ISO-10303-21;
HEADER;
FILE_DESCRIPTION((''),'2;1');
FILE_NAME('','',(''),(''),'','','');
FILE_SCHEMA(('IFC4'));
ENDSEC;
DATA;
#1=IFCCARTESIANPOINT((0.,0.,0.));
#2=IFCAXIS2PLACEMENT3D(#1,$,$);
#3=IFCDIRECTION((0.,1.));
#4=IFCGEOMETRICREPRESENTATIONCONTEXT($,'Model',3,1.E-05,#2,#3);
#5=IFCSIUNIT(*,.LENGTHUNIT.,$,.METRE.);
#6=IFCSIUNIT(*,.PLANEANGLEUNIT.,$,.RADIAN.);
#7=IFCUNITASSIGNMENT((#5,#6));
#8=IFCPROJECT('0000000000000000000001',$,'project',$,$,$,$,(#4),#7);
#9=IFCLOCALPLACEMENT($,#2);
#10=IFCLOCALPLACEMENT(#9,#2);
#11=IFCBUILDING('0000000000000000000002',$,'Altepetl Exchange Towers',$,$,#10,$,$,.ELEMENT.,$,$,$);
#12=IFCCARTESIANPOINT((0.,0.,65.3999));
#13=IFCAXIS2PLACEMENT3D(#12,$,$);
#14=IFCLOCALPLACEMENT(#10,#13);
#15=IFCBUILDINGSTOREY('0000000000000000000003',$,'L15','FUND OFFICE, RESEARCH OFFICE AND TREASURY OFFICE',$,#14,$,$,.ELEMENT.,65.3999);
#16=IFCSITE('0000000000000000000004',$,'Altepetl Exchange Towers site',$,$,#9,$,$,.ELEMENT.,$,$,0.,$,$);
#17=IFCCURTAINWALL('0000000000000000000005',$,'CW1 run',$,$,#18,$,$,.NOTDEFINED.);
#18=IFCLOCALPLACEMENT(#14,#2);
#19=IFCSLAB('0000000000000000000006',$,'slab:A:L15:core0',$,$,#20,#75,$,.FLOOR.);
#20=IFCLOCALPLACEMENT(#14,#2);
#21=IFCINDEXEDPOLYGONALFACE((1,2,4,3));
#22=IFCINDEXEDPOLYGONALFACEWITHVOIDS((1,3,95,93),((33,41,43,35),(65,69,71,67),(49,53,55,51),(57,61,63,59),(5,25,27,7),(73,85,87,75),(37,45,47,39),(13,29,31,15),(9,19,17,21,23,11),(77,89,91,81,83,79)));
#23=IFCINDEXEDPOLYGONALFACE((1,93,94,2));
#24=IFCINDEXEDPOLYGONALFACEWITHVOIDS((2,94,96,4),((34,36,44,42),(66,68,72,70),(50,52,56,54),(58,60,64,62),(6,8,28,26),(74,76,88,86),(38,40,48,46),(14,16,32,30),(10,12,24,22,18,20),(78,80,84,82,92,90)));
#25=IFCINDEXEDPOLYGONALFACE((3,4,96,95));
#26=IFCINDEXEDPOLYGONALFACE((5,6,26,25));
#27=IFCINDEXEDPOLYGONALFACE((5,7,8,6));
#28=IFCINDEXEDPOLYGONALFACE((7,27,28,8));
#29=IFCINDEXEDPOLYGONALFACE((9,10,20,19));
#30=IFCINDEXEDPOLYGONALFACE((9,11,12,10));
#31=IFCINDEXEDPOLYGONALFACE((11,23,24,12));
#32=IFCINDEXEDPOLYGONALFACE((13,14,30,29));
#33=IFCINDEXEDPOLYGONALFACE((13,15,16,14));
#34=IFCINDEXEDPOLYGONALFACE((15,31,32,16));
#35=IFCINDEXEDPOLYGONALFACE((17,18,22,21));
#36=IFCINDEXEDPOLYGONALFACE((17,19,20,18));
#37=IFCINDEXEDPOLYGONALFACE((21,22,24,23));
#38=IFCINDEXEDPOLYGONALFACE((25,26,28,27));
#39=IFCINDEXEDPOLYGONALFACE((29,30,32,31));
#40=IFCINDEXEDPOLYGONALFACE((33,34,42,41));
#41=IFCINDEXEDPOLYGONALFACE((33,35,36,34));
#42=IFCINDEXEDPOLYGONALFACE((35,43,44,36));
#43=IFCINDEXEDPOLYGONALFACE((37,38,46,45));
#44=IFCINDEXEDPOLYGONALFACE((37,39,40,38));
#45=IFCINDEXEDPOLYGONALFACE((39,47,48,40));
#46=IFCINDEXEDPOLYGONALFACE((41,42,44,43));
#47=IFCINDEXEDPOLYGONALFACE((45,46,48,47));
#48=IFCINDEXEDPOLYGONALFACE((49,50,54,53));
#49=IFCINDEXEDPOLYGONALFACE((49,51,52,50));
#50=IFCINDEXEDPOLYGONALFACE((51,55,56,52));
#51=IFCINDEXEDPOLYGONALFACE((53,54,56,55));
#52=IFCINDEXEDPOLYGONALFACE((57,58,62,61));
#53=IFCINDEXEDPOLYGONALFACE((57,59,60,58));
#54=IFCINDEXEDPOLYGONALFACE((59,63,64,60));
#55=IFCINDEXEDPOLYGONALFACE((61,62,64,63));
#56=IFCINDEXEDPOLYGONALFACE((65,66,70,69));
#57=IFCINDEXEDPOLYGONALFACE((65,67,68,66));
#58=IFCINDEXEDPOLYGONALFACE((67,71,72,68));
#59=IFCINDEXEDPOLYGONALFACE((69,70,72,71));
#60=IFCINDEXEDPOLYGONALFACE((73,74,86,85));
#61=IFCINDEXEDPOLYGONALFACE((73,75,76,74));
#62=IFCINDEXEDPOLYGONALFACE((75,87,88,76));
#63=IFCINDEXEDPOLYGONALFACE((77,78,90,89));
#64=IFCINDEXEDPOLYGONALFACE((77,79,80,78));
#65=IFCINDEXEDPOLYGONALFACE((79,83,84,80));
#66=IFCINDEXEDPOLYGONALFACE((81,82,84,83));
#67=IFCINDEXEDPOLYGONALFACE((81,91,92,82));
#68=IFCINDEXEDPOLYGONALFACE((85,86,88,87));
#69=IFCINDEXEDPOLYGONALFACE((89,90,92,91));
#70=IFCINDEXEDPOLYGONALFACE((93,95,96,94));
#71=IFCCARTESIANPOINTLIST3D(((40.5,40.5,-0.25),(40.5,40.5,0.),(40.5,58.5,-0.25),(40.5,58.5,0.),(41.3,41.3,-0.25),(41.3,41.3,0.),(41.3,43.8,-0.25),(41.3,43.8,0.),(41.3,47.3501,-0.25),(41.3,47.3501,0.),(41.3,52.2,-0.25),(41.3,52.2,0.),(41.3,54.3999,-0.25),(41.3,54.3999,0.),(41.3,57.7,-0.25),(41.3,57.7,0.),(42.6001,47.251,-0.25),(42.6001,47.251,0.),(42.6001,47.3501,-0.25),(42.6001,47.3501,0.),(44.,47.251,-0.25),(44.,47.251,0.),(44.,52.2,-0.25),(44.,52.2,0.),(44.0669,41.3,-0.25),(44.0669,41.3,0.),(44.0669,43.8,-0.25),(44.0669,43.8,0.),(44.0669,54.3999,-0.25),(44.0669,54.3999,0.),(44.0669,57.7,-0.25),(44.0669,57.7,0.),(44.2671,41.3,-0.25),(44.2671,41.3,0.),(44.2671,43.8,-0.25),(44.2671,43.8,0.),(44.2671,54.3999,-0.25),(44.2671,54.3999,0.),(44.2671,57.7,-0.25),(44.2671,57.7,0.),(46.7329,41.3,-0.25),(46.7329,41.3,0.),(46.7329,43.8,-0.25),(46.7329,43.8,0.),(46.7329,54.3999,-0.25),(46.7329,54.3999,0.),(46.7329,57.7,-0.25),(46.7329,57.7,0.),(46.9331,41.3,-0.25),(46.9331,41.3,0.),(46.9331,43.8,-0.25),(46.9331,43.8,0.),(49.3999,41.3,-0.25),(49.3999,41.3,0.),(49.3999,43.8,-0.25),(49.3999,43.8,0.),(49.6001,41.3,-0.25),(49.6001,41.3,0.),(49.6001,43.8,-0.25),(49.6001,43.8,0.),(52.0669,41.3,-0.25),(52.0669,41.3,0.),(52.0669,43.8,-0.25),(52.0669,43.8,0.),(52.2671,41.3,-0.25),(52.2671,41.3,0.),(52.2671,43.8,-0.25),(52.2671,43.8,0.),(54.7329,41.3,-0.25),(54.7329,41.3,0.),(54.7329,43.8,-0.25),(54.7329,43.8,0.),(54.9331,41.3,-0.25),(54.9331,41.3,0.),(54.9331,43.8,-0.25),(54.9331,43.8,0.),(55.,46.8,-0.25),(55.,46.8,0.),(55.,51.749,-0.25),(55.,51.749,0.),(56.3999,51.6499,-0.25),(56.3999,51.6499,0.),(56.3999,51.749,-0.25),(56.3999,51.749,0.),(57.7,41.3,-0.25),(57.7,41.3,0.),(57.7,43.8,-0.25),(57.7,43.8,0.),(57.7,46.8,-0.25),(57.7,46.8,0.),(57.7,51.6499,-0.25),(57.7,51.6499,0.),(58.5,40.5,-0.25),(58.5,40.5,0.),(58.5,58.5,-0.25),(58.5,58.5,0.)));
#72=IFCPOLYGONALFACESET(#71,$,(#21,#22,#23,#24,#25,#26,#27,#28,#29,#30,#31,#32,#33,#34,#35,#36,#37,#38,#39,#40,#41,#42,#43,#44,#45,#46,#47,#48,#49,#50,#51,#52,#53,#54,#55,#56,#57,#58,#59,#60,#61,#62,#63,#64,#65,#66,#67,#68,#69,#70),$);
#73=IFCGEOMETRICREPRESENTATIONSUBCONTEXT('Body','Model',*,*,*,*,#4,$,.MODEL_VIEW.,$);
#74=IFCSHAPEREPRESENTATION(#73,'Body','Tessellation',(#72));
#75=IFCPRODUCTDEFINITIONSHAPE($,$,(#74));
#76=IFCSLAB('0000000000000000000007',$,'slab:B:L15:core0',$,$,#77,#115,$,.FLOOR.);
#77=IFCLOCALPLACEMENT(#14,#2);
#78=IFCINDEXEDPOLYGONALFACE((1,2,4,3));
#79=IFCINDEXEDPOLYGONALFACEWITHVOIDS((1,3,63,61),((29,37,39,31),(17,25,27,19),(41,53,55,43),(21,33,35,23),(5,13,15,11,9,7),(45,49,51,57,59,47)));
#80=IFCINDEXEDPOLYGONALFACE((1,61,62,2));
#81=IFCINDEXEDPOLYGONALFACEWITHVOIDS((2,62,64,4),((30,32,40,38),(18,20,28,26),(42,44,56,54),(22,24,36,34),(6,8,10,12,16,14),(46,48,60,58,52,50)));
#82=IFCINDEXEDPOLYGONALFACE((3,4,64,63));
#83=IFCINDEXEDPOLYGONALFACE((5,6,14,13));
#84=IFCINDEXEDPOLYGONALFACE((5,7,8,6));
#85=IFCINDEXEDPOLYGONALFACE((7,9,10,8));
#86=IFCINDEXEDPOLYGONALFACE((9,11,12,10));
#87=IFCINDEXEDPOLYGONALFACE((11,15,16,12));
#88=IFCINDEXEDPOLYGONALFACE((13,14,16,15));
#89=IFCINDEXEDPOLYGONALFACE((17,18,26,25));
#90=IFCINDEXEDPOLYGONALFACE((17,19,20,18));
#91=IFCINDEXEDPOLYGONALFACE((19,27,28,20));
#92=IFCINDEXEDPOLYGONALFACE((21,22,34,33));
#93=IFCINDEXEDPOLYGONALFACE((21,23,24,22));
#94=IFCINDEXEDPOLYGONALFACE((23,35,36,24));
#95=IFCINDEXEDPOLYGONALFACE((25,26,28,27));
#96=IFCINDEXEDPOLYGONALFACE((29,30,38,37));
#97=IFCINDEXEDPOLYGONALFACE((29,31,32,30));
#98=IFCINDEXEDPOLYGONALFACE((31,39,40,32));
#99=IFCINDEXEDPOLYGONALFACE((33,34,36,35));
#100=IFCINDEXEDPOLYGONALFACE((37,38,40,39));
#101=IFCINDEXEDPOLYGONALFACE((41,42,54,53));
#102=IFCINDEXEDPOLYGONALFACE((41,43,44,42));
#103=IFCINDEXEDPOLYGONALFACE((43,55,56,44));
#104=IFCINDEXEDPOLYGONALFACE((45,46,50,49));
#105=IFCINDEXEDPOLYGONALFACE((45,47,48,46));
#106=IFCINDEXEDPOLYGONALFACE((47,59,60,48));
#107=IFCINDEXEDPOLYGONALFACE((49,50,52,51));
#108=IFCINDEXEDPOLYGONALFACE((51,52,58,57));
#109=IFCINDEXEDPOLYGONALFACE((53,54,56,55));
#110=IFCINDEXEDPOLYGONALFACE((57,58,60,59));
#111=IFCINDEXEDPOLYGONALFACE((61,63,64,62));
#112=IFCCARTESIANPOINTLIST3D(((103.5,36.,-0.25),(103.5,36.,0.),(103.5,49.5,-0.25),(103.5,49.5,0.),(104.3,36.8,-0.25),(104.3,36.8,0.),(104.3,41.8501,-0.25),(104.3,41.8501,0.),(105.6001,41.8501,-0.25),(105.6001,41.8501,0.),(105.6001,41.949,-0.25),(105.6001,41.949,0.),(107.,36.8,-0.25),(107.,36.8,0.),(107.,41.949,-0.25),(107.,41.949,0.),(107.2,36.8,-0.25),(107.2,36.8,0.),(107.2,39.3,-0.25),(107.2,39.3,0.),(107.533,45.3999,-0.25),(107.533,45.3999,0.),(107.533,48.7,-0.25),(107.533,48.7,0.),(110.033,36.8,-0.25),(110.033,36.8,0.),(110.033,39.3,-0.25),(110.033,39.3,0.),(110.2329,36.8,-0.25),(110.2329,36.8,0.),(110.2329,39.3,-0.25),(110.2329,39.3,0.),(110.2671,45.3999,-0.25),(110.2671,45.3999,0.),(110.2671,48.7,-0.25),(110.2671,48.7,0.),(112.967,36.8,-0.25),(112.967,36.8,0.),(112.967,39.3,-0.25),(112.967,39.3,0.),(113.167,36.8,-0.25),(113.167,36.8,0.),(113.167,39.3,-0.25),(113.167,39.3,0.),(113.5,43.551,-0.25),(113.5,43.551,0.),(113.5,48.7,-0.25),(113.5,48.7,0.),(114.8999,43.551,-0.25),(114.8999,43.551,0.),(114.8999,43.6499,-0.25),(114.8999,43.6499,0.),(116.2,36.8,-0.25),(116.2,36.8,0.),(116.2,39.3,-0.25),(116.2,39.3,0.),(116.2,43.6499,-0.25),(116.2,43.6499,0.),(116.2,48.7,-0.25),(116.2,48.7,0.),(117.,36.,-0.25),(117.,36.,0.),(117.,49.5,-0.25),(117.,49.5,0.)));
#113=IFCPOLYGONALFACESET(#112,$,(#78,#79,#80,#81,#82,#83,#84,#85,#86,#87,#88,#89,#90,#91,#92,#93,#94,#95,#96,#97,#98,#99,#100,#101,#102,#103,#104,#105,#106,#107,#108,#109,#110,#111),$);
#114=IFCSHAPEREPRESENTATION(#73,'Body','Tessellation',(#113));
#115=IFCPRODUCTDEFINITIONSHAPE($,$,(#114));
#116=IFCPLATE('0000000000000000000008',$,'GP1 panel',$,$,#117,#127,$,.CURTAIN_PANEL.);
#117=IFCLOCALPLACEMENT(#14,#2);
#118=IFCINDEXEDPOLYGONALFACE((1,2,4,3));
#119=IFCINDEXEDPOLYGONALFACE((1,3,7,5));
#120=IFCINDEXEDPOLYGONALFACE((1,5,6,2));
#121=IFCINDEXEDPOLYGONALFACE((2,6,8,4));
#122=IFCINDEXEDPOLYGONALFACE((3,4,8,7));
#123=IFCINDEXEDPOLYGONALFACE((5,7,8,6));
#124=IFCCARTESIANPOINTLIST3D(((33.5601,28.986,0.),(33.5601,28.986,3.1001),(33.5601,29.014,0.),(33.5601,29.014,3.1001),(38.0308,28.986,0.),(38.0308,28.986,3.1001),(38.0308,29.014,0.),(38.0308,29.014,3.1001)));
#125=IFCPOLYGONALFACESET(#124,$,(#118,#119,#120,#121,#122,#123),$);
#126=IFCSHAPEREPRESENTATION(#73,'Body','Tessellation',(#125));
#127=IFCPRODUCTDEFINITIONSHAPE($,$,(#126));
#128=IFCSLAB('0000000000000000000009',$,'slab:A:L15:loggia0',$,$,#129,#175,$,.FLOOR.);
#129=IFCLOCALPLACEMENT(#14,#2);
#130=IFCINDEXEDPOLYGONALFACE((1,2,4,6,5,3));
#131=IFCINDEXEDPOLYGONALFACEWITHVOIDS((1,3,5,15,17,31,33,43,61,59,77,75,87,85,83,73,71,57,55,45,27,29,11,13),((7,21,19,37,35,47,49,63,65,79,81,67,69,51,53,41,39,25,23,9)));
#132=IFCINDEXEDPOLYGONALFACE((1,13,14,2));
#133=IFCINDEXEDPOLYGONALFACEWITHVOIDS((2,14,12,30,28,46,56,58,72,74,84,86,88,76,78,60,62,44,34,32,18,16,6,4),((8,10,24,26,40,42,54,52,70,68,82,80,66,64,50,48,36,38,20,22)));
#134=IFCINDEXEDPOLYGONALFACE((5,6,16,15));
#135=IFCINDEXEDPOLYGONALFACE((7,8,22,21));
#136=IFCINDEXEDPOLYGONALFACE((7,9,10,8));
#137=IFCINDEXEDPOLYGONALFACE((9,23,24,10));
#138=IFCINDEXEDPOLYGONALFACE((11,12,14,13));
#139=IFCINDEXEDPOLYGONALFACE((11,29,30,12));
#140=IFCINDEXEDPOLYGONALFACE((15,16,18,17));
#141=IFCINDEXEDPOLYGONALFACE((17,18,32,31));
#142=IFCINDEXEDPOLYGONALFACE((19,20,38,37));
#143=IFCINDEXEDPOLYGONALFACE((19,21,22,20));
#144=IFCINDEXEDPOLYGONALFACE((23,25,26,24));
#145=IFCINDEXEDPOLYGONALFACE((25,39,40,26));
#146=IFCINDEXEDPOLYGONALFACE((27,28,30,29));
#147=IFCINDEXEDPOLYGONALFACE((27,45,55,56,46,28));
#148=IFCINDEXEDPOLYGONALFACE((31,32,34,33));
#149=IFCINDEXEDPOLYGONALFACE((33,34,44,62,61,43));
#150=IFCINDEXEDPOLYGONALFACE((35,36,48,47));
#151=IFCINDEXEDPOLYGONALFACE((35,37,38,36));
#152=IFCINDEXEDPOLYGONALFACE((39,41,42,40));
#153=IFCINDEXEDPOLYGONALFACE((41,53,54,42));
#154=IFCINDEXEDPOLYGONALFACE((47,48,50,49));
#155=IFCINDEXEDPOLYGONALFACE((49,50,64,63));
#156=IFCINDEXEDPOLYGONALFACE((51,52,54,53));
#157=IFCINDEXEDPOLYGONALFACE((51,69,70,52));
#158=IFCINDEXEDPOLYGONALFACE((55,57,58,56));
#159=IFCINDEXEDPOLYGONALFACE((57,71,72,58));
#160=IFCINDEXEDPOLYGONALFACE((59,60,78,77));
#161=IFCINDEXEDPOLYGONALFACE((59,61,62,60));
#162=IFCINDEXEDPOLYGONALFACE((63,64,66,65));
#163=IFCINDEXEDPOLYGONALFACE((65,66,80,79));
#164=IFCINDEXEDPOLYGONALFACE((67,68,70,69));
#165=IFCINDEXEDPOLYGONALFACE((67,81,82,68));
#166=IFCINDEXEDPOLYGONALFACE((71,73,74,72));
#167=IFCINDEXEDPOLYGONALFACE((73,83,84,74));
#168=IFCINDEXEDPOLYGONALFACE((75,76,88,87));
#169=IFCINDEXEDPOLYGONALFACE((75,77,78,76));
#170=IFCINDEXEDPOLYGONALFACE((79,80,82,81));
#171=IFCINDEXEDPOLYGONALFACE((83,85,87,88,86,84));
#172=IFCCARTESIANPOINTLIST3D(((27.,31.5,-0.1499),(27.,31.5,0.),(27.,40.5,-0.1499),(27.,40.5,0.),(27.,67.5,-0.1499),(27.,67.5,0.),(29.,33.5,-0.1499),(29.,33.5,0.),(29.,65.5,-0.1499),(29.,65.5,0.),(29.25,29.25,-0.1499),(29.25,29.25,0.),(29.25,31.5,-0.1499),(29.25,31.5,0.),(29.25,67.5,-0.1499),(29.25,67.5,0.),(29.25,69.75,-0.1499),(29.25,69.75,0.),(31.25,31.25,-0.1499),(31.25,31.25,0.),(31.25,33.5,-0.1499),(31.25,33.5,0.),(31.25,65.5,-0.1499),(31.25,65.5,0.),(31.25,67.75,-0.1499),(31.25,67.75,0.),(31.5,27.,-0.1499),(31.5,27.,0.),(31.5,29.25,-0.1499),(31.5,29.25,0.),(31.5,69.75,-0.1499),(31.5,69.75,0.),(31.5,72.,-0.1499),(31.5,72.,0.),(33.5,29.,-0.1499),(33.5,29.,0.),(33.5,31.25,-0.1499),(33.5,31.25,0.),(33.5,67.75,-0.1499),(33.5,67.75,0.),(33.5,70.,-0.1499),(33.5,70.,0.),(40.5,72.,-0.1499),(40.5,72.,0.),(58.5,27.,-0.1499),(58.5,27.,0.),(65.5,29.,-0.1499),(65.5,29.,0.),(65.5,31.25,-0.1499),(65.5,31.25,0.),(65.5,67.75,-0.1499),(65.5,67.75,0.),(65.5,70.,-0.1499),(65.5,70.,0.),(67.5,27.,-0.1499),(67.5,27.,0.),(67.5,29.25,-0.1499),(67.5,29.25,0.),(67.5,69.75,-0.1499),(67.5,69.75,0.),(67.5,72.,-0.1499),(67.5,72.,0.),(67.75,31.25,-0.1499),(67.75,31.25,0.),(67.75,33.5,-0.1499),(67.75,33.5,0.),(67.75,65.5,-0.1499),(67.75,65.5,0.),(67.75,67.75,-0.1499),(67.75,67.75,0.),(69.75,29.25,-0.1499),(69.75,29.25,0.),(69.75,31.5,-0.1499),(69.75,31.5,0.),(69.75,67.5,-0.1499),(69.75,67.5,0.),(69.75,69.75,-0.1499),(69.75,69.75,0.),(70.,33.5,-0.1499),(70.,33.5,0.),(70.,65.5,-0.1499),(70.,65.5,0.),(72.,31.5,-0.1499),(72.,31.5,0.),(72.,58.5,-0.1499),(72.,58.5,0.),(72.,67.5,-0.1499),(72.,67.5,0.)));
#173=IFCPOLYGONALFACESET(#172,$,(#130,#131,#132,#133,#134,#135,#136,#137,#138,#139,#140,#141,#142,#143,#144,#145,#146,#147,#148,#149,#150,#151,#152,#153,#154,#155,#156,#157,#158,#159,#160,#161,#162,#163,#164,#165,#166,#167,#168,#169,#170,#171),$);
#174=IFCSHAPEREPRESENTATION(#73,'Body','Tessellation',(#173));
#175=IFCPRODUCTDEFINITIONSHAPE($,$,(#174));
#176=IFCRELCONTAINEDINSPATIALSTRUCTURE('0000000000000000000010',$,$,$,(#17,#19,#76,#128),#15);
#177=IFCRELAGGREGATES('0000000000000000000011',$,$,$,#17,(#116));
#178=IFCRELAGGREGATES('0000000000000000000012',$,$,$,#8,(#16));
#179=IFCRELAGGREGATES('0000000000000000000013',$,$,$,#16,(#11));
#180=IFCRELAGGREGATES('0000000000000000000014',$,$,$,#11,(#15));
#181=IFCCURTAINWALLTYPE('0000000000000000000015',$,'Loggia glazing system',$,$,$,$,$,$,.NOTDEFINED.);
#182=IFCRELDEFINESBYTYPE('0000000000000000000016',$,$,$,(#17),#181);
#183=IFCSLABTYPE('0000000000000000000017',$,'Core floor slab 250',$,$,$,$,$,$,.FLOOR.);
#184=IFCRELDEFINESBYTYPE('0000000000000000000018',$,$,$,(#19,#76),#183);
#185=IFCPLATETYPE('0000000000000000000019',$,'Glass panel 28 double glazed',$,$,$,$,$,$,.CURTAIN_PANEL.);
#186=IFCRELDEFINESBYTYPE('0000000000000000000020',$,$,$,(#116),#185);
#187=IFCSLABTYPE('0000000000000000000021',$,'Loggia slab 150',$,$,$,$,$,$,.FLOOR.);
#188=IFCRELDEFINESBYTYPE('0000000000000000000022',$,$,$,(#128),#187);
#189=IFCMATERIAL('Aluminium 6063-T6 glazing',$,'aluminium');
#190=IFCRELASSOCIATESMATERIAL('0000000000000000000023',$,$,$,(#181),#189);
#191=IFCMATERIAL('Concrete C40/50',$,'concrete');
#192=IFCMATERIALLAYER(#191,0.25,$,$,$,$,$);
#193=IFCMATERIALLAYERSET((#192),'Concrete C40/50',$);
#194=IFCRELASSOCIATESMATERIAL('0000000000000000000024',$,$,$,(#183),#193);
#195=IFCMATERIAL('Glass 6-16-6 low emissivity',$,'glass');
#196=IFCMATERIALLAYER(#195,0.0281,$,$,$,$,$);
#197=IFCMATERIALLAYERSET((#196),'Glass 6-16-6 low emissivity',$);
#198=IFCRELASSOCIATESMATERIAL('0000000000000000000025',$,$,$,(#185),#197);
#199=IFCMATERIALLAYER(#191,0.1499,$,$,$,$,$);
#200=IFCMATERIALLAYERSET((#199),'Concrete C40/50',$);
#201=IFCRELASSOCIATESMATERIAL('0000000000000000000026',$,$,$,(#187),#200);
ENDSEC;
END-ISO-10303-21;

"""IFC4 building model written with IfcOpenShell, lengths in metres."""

from ifc_helpers import new_model, si_unit, direction, frame, origin, origin_2d, place, context, subcontext, project, spatial, polyline, rectangle, outline, extrude, material, layer, layer_set, type_object, element, aggregate, save


model = new_model("IFC4")

# Units and contexts
model_context = context("Model", 3, precision=1e-05, world=origin(), true_north=direction((0.0, 1.0)))
body_context = subcontext(model_context, "Body", "Model", "MODEL_VIEW")
ifc_project = project(units=[si_unit("LENGTHUNIT", "METRE"), si_unit("PLANEANGLEUNIT", "RADIAN")], contexts=[model_context])

# Site, building, storey
site_placement = place(None, origin())
site = spatial("IfcSite", under=ifc_project, at=site_placement, Name="Altepetl Exchange Towers site", CompositionType="ELEMENT", RefElevation=0.0)
building_placement = place(site_placement, origin())
building = spatial("IfcBuilding", under=site, at=building_placement, Name="Altepetl Exchange Towers", CompositionType="ELEMENT")
storey_placement = place(building_placement, frame((0.0, 0.0, 65.3999)))
storey = spatial("IfcBuildingStorey", under=building, at=storey_placement, Name="L15", Description="FUND OFFICE, RESEARCH OFFICE AND TREASURY OFFICE", CompositionType="ELEMENT", Elevation=65.3999)

# Curtain wall
ifc_material_1 = material(Name="Aluminium 6063-T6 glazing", Category="aluminium")
curtain_wall_type = type_object("IfcCurtainWallType", Name="Loggia glazing system", PredefinedType="NOTDEFINED", material=ifc_material_1)
curtain_wall_1_placement = place(storey_placement, origin())
curtain_wall_1 = element("IfcCurtainWall", 1, at=curtain_wall_1_placement, inside=storey, type_object=curtain_wall_type, Name="CW1 run", PredefinedType="NOTDEFINED")

# Slabs
ifc_material_2 = material(Name="Concrete C40/50", Category="concrete")
ifc_layer_1 = layer(ifc_material_2, 0.25)
ifc_layer_set_1 = layer_set([ifc_layer_1], Name="Concrete C40/50")
slab_type_1 = type_object("IfcSlabType", Name="Core floor slab 250", PredefinedType="FLOOR", material=ifc_layer_set_1)
slab_1_placement = place(storey_placement, frame((0.0, 0.0, -0.25)))
element("IfcSlab", 2, at=slab_1_placement, inside=storey, type_object=slab_type_1, Name="slab:A:L15:core0", PredefinedType="FLOOR", context=body_context, shape_type="SweptSolid", body=[
    extrude(outline(polyline([(40.5, 40.5), (58.5, 40.5), (58.5, 58.5), (40.5, 58.5), (40.5, 40.5)]), holes=[polyline([(41.3, 43.8), (44.0669, 43.8), (44.0669, 41.3), (41.3, 41.3), (41.3, 43.8)]), polyline([(44.2671, 43.8), (46.7329, 43.8), (46.7329, 41.3), (44.2671, 41.3), (44.2671, 43.8)]), polyline([(46.9331, 43.8), (49.3999, 43.8), (49.3999, 41.3), (46.9331, 41.3), (46.9331, 43.8)]), polyline([(52.0669, 43.8), (52.0669, 41.3), (49.6001, 41.3), (49.6001, 43.8), (52.0669, 43.8)]), polyline([(54.7329, 43.8), (54.7329, 41.3), (52.2671, 41.3), (52.2671, 43.8), (54.7329, 43.8)]), polyline([(54.9331, 43.8), (57.7, 43.8), (57.7, 41.3), (54.9331, 41.3), (54.9331, 43.8)]), polyline([(55.0, 51.749), (56.3999, 51.749), (56.3999, 51.6499), (57.7, 51.6499), (57.7, 46.8), (55.0, 46.8), (55.0, 51.749)]), polyline([(44.0, 47.251), (42.6001, 47.251), (42.6001, 47.3501), (41.3, 47.3501), (41.3, 52.2), (44.0, 52.2), (44.0, 47.251)]), polyline([(44.0669, 57.7), (44.0669, 54.3999), (41.3, 54.3999), (41.3, 57.7), (44.0669, 57.7)]), polyline([(46.7329, 57.7), (46.7329, 54.3999), (44.2671, 54.3999), (44.2671, 57.7), (46.7329, 57.7)])]), origin(), (0.0, 0.0, 1.0), 0.25),
])
slab_2_placement = place(storey_placement, frame((0.0, 0.0, -0.25)))
element("IfcSlab", 3, at=slab_2_placement, inside=storey, type_object=slab_type_1, Name="slab:B:L15:core0", PredefinedType="FLOOR", context=body_context, shape_type="SweptSolid", body=[
    extrude(outline(polyline([(103.5, 36.0), (117.0, 36.0), (117.0, 49.5), (103.5, 49.5), (103.5, 36.0)]), holes=[polyline([(107.2, 36.8), (107.2, 39.3), (110.033, 39.3), (110.033, 36.8), (107.2, 36.8)]), polyline([(110.2329, 39.3), (112.967, 39.3), (112.967, 36.8), (110.2329, 36.8), (110.2329, 39.3)]), polyline([(113.167, 39.3), (116.2, 39.3), (116.2, 36.8), (113.167, 36.8), (113.167, 39.3)]), polyline([(107.0, 36.8), (104.3, 36.8), (104.3, 41.8501), (105.6001, 41.8501), (105.6001, 41.949), (107.0, 41.949), (107.0, 36.8)]), polyline([(116.2, 48.7), (116.2, 43.6499), (114.8999, 43.6499), (114.8999, 43.551), (113.5, 43.551), (113.5, 48.7), (116.2, 48.7)]), polyline([(107.533, 48.7), (110.2671, 48.7), (110.2671, 45.3999), (107.533, 45.3999), (107.533, 48.7)])]), origin(), (0.0, 0.0, 1.0), 0.25),
])

# Plate
ifc_material_3 = material(Name="Glass 6-16-6 low emissivity", Category="glass")
ifc_layer_2 = layer(ifc_material_3, 0.0281)
ifc_layer_set_2 = layer_set([ifc_layer_2], Name="Glass 6-16-6 low emissivity")
plate_type = type_object("IfcPlateType", Name="Glass panel 28 double glazed", PredefinedType="CURTAIN_PANEL", material=ifc_layer_set_2)
plate_placement = place(storey_placement, frame((35.7954, 29.0, 0.0)))
plate = element("IfcPlate", 4, at=plate_placement, type_object=plate_type, Name="GP1 panel", PredefinedType="CURTAIN_PANEL", context=body_context, shape_type="SweptSolid", body=[
    extrude(rectangle(XDim=4.4707, YDim=0.0281, at=origin_2d()), origin(), (0.0, 0.0, 1.0), 3.1001),
])
aggregate(curtain_wall_1, [plate])

# Slab
ifc_layer_3 = layer(ifc_material_2, 0.1499)
ifc_layer_set_3 = layer_set([ifc_layer_3], Name="Concrete C40/50")
slab_type_2 = type_object("IfcSlabType", Name="Loggia slab 150", PredefinedType="FLOOR", material=ifc_layer_set_3)
slab_3_placement = place(storey_placement, frame((0.0, 0.0, -0.1499)))
element("IfcSlab", 5, at=slab_3_placement, inside=storey, type_object=slab_type_2, Name="slab:A:L15:loggia0", PredefinedType="FLOOR", context=body_context, shape_type="SweptSolid", body=[
    extrude(outline(polyline([(29.25, 67.5), (27.0, 67.5), (27.0, 40.5), (27.0, 31.5), (29.25, 31.5), (29.25, 29.25), (31.5, 29.25), (31.5, 27.0), (58.5, 27.0), (67.5, 27.0), (67.5, 29.25), (69.75, 29.25), (69.75, 31.5), (72.0, 31.5), (72.0, 58.5), (72.0, 67.5), (69.75, 67.5), (69.75, 69.75), (67.5, 69.75), (67.5, 72.0), (40.5, 72.0), (31.5, 72.0), (31.5, 69.75), (29.25, 69.75), (29.25, 67.5)]), holes=[polyline([(29.0, 65.5), (31.25, 65.5), (31.25, 67.75), (33.5, 67.75), (33.5, 70.0), (65.5, 70.0), (65.5, 67.75), (67.75, 67.75), (67.75, 65.5), (70.0, 65.5), (70.0, 33.5), (67.75, 33.5), (67.75, 31.25), (65.5, 31.25), (65.5, 29.0), (33.5, 29.0), (33.5, 31.25), (31.25, 31.25), (31.25, 33.5), (29.0, 33.5), (29.0, 65.5)])]), origin(), (0.0, 0.0, 1.0), 0.1499),
])

save(model, "model.ifc")
